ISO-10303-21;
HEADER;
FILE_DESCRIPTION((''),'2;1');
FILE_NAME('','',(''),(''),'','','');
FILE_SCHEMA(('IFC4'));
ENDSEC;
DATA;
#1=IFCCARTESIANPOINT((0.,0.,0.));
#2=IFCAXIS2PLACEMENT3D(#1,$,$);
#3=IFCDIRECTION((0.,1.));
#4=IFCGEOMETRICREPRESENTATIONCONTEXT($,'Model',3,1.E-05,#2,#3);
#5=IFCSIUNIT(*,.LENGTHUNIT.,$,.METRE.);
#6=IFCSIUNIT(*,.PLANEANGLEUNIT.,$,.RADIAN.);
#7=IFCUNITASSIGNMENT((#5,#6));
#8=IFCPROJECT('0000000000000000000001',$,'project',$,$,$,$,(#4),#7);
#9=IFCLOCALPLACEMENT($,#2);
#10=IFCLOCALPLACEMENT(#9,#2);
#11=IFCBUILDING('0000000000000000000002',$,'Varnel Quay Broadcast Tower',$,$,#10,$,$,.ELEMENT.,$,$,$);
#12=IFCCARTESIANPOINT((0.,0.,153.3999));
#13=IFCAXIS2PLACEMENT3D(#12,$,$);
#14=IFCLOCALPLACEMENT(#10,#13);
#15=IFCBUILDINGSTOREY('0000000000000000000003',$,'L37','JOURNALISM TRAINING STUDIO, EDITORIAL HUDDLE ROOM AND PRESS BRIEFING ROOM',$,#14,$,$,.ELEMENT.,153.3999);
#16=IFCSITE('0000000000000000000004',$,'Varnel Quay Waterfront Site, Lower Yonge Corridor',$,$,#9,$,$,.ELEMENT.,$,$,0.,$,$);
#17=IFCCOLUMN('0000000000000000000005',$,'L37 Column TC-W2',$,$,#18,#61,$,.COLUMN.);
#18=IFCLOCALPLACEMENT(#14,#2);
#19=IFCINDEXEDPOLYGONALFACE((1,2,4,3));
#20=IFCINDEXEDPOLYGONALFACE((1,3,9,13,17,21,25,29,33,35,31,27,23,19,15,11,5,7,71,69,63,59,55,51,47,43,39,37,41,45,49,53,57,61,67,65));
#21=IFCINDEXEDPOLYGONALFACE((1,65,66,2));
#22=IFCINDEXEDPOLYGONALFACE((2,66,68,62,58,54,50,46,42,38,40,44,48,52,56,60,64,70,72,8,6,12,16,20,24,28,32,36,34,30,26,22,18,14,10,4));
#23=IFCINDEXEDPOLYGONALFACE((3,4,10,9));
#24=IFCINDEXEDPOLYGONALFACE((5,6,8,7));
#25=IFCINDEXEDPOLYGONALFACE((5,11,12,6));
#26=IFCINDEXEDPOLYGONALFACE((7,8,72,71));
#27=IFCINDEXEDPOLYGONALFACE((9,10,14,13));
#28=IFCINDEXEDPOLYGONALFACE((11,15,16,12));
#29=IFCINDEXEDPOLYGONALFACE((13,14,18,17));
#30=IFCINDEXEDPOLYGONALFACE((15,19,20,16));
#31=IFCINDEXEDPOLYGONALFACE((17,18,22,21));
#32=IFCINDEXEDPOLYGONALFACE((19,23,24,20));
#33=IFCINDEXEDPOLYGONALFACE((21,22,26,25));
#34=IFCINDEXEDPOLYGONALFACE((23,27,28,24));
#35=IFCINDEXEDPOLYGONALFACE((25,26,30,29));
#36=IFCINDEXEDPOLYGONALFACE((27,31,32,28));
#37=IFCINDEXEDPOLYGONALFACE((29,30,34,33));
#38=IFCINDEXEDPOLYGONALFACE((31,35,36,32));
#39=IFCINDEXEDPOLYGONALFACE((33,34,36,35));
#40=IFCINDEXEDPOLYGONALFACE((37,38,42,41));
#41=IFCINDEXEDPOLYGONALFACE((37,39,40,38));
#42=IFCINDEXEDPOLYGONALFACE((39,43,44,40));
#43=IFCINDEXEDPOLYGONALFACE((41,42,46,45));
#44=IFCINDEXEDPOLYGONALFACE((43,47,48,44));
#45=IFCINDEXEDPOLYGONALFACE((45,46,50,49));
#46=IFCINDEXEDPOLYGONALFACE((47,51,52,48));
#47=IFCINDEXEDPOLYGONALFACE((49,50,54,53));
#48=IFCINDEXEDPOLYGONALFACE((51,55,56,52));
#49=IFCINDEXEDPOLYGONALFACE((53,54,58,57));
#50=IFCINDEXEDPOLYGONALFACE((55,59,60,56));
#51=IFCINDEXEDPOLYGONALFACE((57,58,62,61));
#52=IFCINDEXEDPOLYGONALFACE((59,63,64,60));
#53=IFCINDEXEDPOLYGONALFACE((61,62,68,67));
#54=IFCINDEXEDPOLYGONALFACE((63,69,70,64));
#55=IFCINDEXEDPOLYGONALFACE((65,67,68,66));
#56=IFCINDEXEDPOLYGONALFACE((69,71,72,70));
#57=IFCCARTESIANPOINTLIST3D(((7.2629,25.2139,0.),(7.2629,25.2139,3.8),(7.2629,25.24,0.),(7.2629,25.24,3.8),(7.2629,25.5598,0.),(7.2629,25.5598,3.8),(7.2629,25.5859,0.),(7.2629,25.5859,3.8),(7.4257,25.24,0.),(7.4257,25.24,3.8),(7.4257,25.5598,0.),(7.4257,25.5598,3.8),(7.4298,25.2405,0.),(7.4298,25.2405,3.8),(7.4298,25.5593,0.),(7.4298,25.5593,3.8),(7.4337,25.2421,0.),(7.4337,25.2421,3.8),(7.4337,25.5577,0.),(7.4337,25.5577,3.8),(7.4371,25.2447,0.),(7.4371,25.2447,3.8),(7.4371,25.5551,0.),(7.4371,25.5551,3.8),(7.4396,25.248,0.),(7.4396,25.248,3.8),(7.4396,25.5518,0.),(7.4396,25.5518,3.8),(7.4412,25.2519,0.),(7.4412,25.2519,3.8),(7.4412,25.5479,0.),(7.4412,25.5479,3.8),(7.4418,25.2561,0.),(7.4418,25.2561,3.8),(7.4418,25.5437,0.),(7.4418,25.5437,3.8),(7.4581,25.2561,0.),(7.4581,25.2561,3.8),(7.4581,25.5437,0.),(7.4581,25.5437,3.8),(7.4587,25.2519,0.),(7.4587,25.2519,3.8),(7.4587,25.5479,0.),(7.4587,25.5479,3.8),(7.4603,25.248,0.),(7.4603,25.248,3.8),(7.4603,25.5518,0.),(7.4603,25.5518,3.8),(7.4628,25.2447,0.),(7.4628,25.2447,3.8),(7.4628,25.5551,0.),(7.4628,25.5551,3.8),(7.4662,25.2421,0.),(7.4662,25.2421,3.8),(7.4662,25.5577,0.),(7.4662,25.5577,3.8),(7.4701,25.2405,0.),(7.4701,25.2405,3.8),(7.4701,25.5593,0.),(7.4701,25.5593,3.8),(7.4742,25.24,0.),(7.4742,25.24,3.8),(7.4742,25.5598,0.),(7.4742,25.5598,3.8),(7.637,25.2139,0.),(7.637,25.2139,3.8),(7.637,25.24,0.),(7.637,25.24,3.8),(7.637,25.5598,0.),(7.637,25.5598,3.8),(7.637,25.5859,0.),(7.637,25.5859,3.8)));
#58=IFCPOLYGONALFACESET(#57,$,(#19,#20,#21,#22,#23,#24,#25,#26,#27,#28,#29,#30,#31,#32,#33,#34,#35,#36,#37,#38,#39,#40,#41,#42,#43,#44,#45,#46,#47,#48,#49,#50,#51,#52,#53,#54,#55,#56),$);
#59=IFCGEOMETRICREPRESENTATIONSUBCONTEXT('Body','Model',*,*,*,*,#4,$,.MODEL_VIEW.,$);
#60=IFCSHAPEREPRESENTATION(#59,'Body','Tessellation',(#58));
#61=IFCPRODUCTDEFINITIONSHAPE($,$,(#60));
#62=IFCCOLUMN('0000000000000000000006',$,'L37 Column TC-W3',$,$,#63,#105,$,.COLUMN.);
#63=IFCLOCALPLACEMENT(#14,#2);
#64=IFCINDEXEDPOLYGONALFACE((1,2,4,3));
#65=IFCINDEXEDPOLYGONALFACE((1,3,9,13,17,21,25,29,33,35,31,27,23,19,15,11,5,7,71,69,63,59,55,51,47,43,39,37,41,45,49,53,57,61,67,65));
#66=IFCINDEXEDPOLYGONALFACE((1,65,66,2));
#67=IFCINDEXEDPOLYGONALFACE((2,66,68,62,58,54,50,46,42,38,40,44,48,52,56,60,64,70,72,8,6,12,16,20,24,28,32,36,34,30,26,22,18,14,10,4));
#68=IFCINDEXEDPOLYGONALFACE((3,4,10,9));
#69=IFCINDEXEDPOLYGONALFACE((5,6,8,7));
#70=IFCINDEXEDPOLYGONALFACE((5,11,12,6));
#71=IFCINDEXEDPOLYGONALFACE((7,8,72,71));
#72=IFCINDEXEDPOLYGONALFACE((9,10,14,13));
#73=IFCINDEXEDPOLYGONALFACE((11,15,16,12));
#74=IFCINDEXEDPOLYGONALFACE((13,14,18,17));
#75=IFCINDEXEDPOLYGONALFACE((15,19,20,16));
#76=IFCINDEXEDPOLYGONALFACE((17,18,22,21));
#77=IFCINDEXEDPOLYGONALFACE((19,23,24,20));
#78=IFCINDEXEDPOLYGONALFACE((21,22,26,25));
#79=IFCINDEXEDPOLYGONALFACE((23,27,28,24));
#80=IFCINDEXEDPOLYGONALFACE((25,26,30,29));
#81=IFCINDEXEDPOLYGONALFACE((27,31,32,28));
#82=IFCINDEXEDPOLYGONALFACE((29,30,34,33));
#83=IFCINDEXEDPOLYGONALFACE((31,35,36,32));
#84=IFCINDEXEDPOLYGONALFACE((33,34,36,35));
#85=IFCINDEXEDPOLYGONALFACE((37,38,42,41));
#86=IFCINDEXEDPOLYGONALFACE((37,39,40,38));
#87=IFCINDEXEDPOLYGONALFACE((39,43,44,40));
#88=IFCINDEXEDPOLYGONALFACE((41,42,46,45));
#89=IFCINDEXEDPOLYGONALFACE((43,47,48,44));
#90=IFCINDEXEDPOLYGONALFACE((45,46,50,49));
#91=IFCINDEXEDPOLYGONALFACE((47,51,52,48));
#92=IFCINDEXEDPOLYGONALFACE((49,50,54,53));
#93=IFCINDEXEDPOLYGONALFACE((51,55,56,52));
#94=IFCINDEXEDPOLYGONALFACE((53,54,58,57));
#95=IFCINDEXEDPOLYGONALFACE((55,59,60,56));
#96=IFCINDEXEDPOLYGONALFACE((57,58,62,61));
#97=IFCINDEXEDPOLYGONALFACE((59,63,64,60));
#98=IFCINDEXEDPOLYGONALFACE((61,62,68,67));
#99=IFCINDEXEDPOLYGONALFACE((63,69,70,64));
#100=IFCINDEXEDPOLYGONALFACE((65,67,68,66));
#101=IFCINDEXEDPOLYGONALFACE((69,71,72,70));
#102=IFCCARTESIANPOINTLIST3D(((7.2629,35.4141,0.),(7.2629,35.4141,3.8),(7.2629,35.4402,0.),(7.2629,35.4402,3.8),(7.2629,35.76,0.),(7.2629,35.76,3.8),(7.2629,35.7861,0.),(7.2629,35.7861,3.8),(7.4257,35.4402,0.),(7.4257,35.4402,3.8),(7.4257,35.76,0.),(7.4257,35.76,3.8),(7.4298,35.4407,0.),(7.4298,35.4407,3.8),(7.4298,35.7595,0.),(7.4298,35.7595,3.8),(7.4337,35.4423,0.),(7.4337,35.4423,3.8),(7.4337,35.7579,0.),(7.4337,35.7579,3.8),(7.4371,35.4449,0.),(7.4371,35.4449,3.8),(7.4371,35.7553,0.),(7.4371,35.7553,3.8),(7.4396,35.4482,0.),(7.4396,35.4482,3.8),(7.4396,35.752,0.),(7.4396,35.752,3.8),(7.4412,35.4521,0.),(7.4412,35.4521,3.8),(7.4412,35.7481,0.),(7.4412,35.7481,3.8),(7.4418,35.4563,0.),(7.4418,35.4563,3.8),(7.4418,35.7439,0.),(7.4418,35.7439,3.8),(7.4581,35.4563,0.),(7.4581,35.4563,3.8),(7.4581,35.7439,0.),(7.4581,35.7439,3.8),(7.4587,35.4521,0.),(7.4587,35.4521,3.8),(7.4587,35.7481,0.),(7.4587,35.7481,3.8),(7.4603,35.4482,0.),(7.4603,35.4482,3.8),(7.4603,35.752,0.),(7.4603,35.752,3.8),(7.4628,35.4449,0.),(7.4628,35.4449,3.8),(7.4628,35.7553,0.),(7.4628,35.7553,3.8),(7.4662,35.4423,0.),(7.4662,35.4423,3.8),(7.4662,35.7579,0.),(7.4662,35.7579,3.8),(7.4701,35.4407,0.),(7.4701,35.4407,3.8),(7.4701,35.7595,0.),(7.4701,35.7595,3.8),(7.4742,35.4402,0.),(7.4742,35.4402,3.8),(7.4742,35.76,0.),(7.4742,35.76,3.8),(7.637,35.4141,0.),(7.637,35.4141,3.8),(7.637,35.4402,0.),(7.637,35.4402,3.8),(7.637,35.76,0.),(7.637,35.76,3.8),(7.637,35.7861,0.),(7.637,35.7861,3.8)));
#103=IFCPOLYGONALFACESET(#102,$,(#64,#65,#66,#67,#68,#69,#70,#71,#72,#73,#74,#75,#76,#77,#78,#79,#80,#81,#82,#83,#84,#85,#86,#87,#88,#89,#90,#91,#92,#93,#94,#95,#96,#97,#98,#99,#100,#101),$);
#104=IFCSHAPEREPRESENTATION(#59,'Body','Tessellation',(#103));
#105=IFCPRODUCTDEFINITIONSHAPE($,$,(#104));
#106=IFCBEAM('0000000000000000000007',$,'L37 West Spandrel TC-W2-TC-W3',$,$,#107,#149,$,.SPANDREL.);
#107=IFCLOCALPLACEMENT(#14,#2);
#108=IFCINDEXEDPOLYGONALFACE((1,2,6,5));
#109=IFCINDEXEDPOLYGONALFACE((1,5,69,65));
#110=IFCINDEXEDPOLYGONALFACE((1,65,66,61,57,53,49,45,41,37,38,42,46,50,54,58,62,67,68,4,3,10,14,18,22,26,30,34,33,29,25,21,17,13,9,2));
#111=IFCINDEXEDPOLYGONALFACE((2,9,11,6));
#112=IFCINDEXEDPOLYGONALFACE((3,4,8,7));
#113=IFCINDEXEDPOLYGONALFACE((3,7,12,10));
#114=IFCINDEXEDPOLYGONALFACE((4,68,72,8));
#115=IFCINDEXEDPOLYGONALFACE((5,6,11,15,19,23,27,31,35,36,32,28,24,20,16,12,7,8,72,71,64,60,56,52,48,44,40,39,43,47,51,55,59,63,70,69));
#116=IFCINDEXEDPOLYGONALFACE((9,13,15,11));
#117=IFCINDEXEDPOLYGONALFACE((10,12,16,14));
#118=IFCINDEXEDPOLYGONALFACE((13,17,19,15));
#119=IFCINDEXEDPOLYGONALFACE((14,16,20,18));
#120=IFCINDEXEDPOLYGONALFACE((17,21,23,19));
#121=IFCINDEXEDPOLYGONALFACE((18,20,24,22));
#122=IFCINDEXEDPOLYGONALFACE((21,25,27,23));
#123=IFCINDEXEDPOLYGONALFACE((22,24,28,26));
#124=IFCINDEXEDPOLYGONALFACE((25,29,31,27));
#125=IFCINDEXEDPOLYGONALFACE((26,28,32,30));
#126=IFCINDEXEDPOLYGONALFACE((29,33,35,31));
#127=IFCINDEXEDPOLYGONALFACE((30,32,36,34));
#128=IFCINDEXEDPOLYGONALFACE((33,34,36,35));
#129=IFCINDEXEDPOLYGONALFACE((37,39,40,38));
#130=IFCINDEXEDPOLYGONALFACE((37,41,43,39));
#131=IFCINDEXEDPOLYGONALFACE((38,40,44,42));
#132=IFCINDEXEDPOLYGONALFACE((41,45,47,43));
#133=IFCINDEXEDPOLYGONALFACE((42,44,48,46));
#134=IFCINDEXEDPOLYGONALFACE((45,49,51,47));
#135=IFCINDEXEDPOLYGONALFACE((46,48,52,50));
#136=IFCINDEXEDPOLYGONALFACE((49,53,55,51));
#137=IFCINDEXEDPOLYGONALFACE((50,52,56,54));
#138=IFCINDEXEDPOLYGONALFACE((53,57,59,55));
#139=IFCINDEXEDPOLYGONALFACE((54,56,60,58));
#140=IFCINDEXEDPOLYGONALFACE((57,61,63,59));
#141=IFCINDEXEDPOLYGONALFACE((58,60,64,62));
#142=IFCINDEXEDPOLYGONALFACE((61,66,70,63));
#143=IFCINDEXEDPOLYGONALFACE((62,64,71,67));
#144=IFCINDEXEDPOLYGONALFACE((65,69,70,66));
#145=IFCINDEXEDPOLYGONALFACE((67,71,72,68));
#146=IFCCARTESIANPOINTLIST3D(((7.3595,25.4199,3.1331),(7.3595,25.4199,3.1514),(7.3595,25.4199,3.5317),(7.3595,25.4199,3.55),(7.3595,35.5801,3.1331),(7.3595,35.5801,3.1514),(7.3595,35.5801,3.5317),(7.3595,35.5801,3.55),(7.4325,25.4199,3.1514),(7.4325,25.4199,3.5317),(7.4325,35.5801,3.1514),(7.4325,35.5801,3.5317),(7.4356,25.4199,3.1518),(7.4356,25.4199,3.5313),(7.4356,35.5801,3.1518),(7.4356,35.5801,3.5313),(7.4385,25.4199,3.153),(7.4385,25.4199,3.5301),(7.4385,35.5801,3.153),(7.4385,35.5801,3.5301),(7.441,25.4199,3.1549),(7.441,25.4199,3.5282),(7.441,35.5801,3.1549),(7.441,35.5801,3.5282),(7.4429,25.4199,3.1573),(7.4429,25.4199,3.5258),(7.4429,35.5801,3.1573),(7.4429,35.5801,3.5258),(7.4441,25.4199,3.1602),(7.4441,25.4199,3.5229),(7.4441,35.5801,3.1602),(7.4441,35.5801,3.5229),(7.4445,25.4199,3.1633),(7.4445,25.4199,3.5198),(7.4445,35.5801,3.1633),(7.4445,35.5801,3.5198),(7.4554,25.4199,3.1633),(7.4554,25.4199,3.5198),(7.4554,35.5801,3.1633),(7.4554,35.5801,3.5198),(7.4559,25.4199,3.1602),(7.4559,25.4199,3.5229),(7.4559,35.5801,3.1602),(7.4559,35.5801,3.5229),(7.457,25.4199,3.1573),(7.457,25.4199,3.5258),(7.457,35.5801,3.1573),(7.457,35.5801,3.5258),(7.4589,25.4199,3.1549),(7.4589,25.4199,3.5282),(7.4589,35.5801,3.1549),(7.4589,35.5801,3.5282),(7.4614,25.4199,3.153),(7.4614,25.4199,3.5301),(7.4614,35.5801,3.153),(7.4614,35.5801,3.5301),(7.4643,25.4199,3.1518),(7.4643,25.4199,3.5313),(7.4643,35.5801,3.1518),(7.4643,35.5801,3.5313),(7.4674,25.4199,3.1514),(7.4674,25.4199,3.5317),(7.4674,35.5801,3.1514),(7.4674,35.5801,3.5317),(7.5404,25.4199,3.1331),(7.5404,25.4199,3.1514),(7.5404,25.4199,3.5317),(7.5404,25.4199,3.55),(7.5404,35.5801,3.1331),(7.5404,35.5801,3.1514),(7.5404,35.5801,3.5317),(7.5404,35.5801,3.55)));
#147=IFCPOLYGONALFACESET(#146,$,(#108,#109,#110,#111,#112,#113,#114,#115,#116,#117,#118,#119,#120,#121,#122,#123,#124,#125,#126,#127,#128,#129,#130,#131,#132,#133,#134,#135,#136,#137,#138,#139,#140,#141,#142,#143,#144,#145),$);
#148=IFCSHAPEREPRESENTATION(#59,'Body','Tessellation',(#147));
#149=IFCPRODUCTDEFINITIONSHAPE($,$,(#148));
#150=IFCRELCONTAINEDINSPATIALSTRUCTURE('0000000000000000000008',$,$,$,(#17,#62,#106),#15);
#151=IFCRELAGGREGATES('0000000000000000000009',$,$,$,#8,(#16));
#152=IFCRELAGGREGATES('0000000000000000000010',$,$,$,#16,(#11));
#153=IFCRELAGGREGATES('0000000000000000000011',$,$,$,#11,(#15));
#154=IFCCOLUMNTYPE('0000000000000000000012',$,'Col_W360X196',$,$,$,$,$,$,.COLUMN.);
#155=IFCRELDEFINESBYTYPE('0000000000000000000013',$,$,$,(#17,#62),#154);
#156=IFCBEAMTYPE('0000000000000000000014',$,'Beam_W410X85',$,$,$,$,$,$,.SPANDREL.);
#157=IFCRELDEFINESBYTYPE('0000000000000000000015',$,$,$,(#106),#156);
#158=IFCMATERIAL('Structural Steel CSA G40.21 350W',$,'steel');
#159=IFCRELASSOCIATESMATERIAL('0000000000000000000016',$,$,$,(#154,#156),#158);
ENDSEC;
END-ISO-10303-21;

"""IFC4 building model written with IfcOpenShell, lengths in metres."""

from ifc_helpers import new_model, si_unit, direction, frame, origin, origin_2d, place, context, subcontext, project, spatial, i_section, extrude, source, transform, mapped, material, material_profile, profile_set, type_object, type_shapes, element, save


model = new_model("IFC4")

# Units and contexts
model_context = context("Model", 3, precision=1e-05, world=origin(), true_north=direction((0.0, 1.0)))
body_context = subcontext(model_context, "Body", "Model", "MODEL_VIEW")
ifc_project = project(units=[si_unit("LENGTHUNIT", "METRE"), si_unit("PLANEANGLEUNIT", "RADIAN")], contexts=[model_context])

# Site, building, storey
site_placement = place(None, origin())
site = spatial("IfcSite", under=ifc_project, at=site_placement, Name="Varnel Quay Waterfront Site, Lower Yonge Corridor", CompositionType="ELEMENT", RefElevation=0.0)
building_placement = place(site_placement, origin())
building = spatial("IfcBuilding", under=site, at=building_placement, Name="Varnel Quay Broadcast Tower", CompositionType="ELEMENT")
storey_placement = place(building_placement, frame((0.0, 0.0, 153.3999)))
storey = spatial("IfcBuildingStorey", under=building, at=storey_placement, Name="L37", Description="JOURNALISM TRAINING STUDIO, EDITORIAL HUDDLE ROOM AND PRESS BRIEFING ROOM", CompositionType="ELEMENT", Elevation=153.3999)

# Columns
ifc_material_1 = material(Name="Structural Steel CSA G40.21 350W", Category="steel")
ifc_material_profile_1 = material_profile(ifc_material_1, i_section(OverallWidth=0.374, OverallDepth=0.3721, WebThickness=0.0164, FlangeThickness=0.0261, FilletRadius=0.0161, at=origin_2d()), Name="W360X196")
ifc_profile_set_1 = profile_set([ifc_material_profile_1], Name="Structural Steel CSA G40.21 350W")
column_type = type_object("IfcColumnType", Name="Col_W360X196", PredefinedType="COLUMN", material=ifc_profile_set_1)
shared_shape_1 = source(origin(), body_context, "Body", "SweptSolid", [
    extrude(i_section(OverallWidth=0.374, OverallDepth=0.3721, WebThickness=0.0164, FlangeThickness=0.0261, FilletRadius=0.0161, at=origin_2d()), origin(), (0.0, 0.0, 1.0), 3.8),
])
type_shapes(column_type, [shared_shape_1])
for number, where, z_axis, x_axis, name in (
    (1, (7.45, 25.3999, 0.0), (0.0, 0.0, 1.0), (1.0, 0.0, 0.0), "L37 Column TC-W2"),
    (2, (7.45, 35.6001, 0.0), (0.0, 0.0, 1.0), (1.0, 0.0, 0.0), "L37 Column TC-W3"),
):
    element("IfcColumn", number, at=place(storey_placement, frame(where, z_axis=z_axis, x_axis=x_axis)), inside=storey, type_object=column_type, Name=name, PredefinedType="COLUMN", context=body_context, shape_type="MappedRepresentation", body=[
        mapped(shared_shape_1, transform((0.0, 0.0, 0.0), x_axis=(1.0, 0.0, 0.0), y_axis=(0.0, 1.0, 0.0), z_axis=(0.0, 0.0, 1.0), scale=1.0)),
    ])

# Beam
ifc_material_profile_2 = material_profile(ifc_material_1, i_section(OverallWidth=0.1809, OverallDepth=0.417, WebThickness=0.011, FlangeThickness=0.0183, FilletRadius=0.012, at=origin_2d()), Name="W410X85")
ifc_profile_set_2 = profile_set([ifc_material_profile_2], Name="Structural Steel CSA G40.21 350W")
beam_type_1 = type_object("IfcBeamType", Name="Beam_W410X85", PredefinedType="SPANDREL", material=ifc_profile_set_2)
shared_shape_2 = source(origin(), body_context, "Body", "SweptSolid", [
    extrude(i_section(OverallWidth=0.1809, OverallDepth=0.417, WebThickness=0.011, FlangeThickness=0.0183, FilletRadius=0.012, at=origin_2d()), origin(), (0.0, 0.0, 1.0), 10.1602),
])
type_shapes(beam_type_1, [shared_shape_2])
beam_1_placement = place(storey_placement, frame((7.45, 25.4199, 3.3416), z_axis=(0.0, 1.0, 0.0), x_axis=(-1.0, 0.0, 0.0)))
element("IfcBeam", 3, at=beam_1_placement, inside=storey, type_object=beam_type_1, Name="L37 West Spandrel TC-W2-TC-W3", PredefinedType="SPANDREL", context=body_context, shape_type="MappedRepresentation", body=[
    mapped(shared_shape_2, transform((0.0, 0.0, 0.0), x_axis=(1.0, 0.0, 0.0), y_axis=(0.0, 1.0, 0.0), z_axis=(0.0, 0.0, 1.0), scale=1.0)),
])

save(model, "model.ifc")
